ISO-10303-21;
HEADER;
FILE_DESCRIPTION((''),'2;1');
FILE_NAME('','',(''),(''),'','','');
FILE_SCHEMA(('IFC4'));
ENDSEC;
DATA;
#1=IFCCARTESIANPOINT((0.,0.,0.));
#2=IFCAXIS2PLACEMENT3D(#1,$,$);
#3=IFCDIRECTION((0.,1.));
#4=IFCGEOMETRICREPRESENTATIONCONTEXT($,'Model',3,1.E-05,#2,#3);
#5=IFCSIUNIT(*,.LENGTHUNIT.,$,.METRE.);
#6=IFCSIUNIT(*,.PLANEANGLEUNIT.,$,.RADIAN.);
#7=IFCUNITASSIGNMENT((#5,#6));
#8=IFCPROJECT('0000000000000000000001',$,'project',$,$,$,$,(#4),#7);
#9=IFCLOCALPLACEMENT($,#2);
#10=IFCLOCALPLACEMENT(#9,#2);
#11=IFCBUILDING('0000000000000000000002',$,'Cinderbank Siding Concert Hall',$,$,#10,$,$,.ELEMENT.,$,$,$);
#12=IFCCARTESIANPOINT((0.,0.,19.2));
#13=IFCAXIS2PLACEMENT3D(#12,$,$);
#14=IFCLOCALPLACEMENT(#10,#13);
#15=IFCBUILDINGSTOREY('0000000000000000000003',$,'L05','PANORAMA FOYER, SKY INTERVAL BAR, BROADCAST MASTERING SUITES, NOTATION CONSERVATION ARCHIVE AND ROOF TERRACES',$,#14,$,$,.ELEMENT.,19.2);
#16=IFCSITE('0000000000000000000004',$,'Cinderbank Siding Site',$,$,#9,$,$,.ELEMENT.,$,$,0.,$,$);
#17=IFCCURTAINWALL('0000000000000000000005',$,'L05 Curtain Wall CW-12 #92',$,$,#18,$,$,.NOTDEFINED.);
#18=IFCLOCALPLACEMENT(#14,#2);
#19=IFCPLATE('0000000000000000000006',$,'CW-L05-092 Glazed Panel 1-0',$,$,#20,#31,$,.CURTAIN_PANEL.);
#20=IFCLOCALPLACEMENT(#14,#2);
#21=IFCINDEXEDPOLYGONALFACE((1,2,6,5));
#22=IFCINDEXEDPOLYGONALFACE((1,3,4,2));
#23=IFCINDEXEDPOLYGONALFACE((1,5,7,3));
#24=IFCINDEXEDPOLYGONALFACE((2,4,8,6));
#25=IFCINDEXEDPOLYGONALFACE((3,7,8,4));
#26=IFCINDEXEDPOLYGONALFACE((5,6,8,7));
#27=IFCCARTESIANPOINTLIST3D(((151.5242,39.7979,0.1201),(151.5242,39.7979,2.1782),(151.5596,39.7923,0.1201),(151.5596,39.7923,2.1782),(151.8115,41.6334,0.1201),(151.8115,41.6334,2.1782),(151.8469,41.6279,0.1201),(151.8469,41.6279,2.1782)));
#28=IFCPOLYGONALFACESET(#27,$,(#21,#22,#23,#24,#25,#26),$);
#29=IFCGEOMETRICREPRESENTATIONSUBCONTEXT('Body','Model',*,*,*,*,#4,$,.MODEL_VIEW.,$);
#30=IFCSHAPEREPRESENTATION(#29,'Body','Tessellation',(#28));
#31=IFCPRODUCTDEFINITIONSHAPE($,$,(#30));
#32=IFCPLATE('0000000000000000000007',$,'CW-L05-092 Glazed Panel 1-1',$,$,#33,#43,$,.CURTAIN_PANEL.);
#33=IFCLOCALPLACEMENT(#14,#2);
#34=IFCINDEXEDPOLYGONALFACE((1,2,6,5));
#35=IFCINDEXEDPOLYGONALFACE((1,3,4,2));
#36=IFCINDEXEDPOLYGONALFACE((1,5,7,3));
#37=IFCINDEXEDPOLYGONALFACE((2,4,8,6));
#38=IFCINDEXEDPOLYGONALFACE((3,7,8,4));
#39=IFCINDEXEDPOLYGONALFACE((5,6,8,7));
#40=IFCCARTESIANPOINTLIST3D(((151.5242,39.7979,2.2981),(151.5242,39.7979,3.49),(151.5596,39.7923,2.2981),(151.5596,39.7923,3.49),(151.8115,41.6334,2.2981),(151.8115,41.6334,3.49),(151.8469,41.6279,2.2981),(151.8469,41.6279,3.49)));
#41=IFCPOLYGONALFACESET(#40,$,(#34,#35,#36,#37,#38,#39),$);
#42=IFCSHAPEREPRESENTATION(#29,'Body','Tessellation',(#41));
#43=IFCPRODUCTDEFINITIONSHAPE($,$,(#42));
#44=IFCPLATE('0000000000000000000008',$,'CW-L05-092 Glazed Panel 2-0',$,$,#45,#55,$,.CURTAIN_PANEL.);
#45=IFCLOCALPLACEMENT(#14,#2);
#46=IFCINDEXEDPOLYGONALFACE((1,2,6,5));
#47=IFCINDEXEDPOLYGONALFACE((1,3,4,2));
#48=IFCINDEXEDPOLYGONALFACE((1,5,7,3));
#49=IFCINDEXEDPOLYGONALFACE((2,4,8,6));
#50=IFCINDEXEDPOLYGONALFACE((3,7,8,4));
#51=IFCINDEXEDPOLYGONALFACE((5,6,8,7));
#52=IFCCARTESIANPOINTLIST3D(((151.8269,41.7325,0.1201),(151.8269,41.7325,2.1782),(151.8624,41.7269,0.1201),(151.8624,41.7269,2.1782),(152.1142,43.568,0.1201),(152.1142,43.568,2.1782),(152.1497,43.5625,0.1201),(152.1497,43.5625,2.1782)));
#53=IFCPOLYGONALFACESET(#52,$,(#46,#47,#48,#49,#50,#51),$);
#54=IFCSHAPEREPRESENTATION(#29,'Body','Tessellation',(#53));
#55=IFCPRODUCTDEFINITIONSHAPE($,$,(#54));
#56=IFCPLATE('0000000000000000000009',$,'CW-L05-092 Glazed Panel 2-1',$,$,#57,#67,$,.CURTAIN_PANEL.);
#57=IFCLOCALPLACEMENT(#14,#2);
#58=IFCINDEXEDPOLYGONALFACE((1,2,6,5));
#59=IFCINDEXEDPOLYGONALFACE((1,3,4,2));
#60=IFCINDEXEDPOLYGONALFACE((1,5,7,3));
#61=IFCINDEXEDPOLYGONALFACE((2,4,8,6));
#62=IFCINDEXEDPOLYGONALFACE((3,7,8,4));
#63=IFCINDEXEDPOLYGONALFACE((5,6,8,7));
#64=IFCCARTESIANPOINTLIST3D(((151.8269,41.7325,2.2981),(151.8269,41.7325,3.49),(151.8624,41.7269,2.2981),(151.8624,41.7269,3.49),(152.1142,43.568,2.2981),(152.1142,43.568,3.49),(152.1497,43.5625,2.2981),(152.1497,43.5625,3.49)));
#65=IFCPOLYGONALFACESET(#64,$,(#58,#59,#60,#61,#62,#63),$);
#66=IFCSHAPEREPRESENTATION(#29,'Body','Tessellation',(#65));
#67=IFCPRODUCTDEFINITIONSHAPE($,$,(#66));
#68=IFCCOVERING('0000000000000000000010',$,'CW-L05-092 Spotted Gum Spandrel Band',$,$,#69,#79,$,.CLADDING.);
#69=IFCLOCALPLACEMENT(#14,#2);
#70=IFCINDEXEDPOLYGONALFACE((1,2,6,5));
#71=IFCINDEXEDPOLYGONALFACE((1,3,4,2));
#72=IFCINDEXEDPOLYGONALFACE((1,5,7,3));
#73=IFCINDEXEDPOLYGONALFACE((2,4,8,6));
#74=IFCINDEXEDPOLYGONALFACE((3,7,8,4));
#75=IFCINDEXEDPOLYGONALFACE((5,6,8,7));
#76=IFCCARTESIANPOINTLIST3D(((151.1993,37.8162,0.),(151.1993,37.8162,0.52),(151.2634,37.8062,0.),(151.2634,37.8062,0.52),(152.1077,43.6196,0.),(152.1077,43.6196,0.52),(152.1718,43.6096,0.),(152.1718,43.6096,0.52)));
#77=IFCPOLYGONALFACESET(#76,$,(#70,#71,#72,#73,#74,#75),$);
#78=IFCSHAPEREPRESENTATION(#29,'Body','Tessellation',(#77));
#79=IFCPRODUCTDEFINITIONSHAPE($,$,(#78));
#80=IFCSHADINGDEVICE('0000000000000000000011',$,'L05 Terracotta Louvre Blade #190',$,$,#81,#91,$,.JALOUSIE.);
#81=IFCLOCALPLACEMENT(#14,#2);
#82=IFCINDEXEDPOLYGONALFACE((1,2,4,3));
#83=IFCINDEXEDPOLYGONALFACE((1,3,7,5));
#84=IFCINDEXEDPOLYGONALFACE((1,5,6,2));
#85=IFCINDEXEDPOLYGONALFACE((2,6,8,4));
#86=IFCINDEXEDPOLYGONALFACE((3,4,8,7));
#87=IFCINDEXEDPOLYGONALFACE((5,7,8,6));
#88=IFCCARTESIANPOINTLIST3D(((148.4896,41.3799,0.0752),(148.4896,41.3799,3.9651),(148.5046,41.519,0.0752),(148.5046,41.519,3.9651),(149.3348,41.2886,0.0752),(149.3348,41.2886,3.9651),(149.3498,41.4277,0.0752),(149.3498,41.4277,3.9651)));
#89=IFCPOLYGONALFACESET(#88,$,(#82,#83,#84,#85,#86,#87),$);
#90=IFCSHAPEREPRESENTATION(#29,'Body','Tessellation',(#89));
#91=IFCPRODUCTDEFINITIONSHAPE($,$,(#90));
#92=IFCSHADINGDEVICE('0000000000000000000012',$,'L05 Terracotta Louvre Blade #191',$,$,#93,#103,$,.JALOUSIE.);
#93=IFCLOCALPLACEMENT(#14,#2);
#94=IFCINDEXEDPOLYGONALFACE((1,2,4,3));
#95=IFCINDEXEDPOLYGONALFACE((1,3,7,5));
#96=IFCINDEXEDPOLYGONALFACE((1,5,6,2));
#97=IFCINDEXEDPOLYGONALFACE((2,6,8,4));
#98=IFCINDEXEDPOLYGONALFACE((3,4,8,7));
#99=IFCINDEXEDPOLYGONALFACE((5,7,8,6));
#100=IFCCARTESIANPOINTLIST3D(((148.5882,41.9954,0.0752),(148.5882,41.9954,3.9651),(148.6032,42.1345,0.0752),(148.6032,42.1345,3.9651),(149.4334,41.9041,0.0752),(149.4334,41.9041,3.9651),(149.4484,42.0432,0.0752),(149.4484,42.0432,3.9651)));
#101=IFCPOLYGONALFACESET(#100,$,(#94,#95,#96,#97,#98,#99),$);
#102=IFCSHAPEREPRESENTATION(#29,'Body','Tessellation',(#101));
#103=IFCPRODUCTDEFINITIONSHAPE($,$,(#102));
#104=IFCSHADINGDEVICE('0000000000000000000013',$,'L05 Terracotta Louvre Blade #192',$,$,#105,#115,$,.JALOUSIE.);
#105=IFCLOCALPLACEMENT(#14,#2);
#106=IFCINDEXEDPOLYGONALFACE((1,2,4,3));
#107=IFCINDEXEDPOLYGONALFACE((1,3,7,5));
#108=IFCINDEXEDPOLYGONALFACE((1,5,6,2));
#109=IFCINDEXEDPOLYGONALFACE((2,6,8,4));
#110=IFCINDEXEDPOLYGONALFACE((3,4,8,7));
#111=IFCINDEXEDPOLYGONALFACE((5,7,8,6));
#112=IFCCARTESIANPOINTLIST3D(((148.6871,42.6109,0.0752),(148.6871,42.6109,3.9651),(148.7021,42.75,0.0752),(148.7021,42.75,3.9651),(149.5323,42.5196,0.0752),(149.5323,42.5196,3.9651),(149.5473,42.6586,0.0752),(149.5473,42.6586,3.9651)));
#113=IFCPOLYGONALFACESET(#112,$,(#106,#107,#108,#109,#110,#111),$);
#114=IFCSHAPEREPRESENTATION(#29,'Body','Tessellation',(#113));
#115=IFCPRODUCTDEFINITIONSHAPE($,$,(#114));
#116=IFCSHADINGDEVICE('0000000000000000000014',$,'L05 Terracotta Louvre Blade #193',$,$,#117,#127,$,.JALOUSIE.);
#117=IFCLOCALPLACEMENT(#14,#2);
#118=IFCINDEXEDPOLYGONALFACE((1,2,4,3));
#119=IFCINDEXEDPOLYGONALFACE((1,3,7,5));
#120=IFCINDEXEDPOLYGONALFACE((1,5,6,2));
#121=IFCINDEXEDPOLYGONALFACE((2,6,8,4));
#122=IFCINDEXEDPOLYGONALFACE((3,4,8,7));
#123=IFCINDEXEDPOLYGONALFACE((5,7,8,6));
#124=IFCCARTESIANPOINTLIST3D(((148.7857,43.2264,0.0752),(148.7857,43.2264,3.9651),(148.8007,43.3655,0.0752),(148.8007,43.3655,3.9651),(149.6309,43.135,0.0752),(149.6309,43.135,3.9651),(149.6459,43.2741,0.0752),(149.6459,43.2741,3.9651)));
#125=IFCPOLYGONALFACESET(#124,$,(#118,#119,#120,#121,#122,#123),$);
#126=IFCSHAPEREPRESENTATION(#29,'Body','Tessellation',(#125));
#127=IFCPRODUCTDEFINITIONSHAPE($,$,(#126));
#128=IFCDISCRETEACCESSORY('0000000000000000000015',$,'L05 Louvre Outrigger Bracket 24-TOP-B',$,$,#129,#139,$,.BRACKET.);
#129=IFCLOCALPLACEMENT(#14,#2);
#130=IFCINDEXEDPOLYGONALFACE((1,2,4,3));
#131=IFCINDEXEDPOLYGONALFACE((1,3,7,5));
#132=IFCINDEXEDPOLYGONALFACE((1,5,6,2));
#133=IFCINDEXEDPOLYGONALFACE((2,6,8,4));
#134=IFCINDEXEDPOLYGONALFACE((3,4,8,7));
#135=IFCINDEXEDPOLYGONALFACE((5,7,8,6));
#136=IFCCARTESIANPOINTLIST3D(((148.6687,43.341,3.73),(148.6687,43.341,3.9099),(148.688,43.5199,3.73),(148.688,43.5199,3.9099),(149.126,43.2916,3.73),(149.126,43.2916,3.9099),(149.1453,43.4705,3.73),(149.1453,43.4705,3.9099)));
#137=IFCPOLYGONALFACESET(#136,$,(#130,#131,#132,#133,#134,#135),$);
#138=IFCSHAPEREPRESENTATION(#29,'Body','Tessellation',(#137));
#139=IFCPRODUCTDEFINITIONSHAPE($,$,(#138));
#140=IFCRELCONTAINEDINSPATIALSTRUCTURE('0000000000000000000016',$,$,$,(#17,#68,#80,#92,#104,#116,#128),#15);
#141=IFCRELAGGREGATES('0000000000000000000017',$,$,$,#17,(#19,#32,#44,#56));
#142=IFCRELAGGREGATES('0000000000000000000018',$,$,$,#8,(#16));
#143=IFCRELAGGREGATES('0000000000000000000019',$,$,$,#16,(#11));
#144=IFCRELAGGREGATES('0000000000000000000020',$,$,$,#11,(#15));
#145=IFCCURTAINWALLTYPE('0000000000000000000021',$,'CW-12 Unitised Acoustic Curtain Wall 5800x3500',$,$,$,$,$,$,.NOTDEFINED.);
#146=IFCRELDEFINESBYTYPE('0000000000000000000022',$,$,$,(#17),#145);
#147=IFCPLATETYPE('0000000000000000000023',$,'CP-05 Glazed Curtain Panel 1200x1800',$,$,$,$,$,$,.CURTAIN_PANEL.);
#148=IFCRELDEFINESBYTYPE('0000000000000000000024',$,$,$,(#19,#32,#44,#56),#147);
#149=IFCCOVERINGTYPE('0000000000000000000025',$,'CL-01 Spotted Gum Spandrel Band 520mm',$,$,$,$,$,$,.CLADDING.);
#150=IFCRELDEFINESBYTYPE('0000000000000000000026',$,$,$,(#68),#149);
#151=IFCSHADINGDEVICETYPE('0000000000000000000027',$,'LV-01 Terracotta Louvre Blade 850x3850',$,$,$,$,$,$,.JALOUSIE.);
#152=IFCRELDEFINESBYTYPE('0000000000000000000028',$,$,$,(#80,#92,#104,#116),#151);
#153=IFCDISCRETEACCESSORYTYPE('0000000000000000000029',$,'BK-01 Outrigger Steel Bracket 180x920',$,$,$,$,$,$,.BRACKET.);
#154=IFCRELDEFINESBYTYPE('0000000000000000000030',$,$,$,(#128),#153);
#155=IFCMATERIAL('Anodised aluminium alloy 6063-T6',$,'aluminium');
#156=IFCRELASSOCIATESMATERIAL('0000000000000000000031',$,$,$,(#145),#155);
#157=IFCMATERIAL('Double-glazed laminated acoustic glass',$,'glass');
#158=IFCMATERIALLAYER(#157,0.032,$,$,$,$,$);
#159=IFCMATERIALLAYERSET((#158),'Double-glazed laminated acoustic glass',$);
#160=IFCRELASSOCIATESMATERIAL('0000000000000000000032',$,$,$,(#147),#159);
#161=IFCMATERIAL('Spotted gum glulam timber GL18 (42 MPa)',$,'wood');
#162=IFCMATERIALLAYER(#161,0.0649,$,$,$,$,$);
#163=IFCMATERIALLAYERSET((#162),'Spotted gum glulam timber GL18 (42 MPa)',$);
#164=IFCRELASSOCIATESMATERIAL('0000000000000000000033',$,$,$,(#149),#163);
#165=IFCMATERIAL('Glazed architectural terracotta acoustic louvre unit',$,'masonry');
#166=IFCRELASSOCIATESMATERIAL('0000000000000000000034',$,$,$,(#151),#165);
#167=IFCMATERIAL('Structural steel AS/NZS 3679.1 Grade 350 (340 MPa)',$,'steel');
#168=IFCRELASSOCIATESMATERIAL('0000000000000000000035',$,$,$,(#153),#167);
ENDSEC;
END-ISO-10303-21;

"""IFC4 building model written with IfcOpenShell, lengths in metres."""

from ifc_helpers import new_model, si_unit, direction, frame, origin, origin_2d, place, context, subcontext, project, spatial, rectangle, extrude, material, layer, layer_set, type_object, element, aggregate, save


model = new_model("IFC4")

# Units and contexts
model_context = context("Model", 3, precision=1e-05, world=origin(), true_north=direction((0.0, 1.0)))
body_context = subcontext(model_context, "Body", "Model", "MODEL_VIEW")
ifc_project = project(units=[si_unit("LENGTHUNIT", "METRE"), si_unit("PLANEANGLEUNIT", "RADIAN")], contexts=[model_context])

# Site, building, storey
site_placement = place(None, origin())
site = spatial("IfcSite", under=ifc_project, at=site_placement, Name="Cinderbank Siding Site", CompositionType="ELEMENT", RefElevation=0.0)
building_placement = place(site_placement, origin())
building = spatial("IfcBuilding", under=site, at=building_placement, Name="Cinderbank Siding Concert Hall", CompositionType="ELEMENT")
storey_placement = place(building_placement, frame((0.0, 0.0, 19.2)))
storey = spatial("IfcBuildingStorey", under=building, at=storey_placement, Name="L05", Description="PANORAMA FOYER, SKY INTERVAL BAR, BROADCAST MASTERING SUITES, NOTATION CONSERVATION ARCHIVE AND ROOF TERRACES", CompositionType="ELEMENT", Elevation=19.2)

# Shared definitions
ifc_material_1 = material(Name="Structural steel AS/NZS 3679.1 Grade 350 (340 MPa)", Category="steel")

# Curtain wall, plates
ifc_material_2 = material(Name="Anodised aluminium alloy 6063-T6", Category="aluminium")
curtain_wall_type = type_object("IfcCurtainWallType", Name="CW-12 Unitised Acoustic Curtain Wall 5800x3500", PredefinedType="NOTDEFINED", material=ifc_material_2)
curtain_wall_placement = place(storey_placement, origin())
curtain_wall = element("IfcCurtainWall", 1, at=curtain_wall_placement, inside=storey, type_object=curtain_wall_type, Name="L05 Curtain Wall CW-12 #92", PredefinedType="NOTDEFINED")
ifc_material_3 = material(Name="Double-glazed laminated acoustic glass", Category="glass")
ifc_layer_1 = layer(ifc_material_3, 0.032)
ifc_layer_set_1 = layer_set([ifc_layer_1], Name="Double-glazed laminated acoustic glass")
plate_type = type_object("IfcPlateType", Name="CP-05 Glazed Curtain Panel 1200x1800", PredefinedType="CURTAIN_PANEL", material=ifc_layer_set_1)
plate_1_placement = place(storey_placement, frame((151.6855, 40.7129, 0.1201), z_axis=(0.0, 0.0, 1.0), x_axis=(0.154643, 0.98797, 0.0)))
plate_1 = element("IfcPlate", 2, at=plate_1_placement, type_object=plate_type, Name="CW-L05-092 Glazed Panel 1-0", PredefinedType="CURTAIN_PANEL", context=body_context, shape_type="SweptSolid", body=[
    extrude(rectangle(XDim=1.8579, YDim=0.0359, at=origin_2d()), origin(), (0.0, 0.0, 1.0), 2.0581),
])
plate_2_placement = place(storey_placement, frame((151.6855, 40.7129, 2.2981), z_axis=(0.0, 0.0, 1.0), x_axis=(0.154643, 0.98797, 0.0)))
plate_2 = element("IfcPlate", 3, at=plate_2_placement, type_object=plate_type, Name="CW-L05-092 Glazed Panel 1-1", PredefinedType="CURTAIN_PANEL", context=body_context, shape_type="SweptSolid", body=[
    extrude(rectangle(XDim=1.8579, YDim=0.0359, at=origin_2d()), origin(), (0.0, 0.0, 1.0), 1.1919),
])
plate_3_placement = place(storey_placement, frame((151.9883, 42.6475, 0.1201), z_axis=(0.0, 0.0, 1.0), x_axis=(0.154643, 0.98797, 0.0)))
plate_3 = element("IfcPlate", 4, at=plate_3_placement, type_object=plate_type, Name="CW-L05-092 Glazed Panel 2-0", PredefinedType="CURTAIN_PANEL", context=body_context, shape_type="SweptSolid", body=[
    extrude(rectangle(XDim=1.8579, YDim=0.0359, at=origin_2d()), origin(), (0.0, 0.0, 1.0), 2.0581),
])
plate_4_placement = place(storey_placement, frame((151.9883, 42.6475, 2.2981), z_axis=(0.0, 0.0, 1.0), x_axis=(0.154643, 0.98797, 0.0)))
plate_4 = element("IfcPlate", 5, at=plate_4_placement, type_object=plate_type, Name="CW-L05-092 Glazed Panel 2-1", PredefinedType="CURTAIN_PANEL", context=body_context, shape_type="SweptSolid", body=[
    extrude(rectangle(XDim=1.8579, YDim=0.0359, at=origin_2d()), origin(), (0.0, 0.0, 1.0), 1.1919),
])
aggregate(curtain_wall, [plate_1, plate_2, plate_3, plate_4])

# Covering
ifc_material_4 = material(Name="Spotted gum glulam timber GL18 (42 MPa)", Category="wood")
ifc_layer_2 = layer(ifc_material_4, 0.0649)
ifc_layer_set_2 = layer_set([ifc_layer_2], Name="Spotted gum glulam timber GL18 (42 MPa)")
covering_type = type_object("IfcCoveringType", Name="CL-01 Spotted Gum Spandrel Band 520mm", PredefinedType="CLADDING", material=ifc_layer_set_2)
covering_placement = place(storey_placement, frame((151.6855, 40.7129, 0.0), z_axis=(0.0, 0.0, 1.0), x_axis=(0.154643, 0.98797, 0.0)))
element("IfcCovering", 6, at=covering_placement, inside=storey, type_object=covering_type, Name="CW-L05-092 Spotted Gum Spandrel Band", PredefinedType="CLADDING", context=body_context, shape_type="SweptSolid", body=[
    extrude(rectangle(XDim=5.874, YDim=0.0649, at=origin_2d()), origin(), (0.0, 0.0, 1.0), 0.52),
])

# Shading devices
ifc_material_5 = material(Name="Glazed architectural terracotta acoustic louvre unit", Category="masonry")
shading_device_type = type_object("IfcShadingDeviceType", Name="LV-01 Terracotta Louvre Blade 850x3850", PredefinedType="JALOUSIE", material=ifc_material_5)
for number, where, z_axis, x_axis, name in (
    (7, (148.9197, 41.4038, 0.0752), (0.0, 0.0, 1.0), (0.994211, -0.107447, 0.0), "L05 Terracotta Louvre Blade #190"),
    (8, (149.0183, 42.0193, 0.0752), (0.0, 0.0, 1.0), (0.994211, -0.107447, 0.0), "L05 Terracotta Louvre Blade #191"),
    (9, (149.1172, 42.6348, 0.0752), (0.0, 0.0, 1.0), (0.994211, -0.107447, 0.0), "L05 Terracotta Louvre Blade #192"),
    (10, (149.2158, 43.2502, 0.0752), (0.0, 0.0, 1.0), (0.994211, -0.107447, 0.0), "L05 Terracotta Louvre Blade #193"),
):
    element("IfcShadingDevice", number, at=place(storey_placement, frame(where, z_axis=z_axis, x_axis=x_axis)), inside=storey, type_object=shading_device_type, Name=name, PredefinedType="JALOUSIE", context=body_context, shape_type="SweptSolid", body=[
        extrude(rectangle(XDim=0.8501, YDim=0.1399, at=origin_2d()), origin(), (0.0, 0.0, 1.0), 3.8899),
    ])

# Discrete accessory
discrete_accessory_type = type_object("IfcDiscreteAccessoryType", Name="BK-01 Outrigger Steel Bracket 180x920", PredefinedType="BRACKET", material=ifc_material_1)
discrete_accessory_placement = place(storey_placement, frame((148.907, 43.4058, 3.73), z_axis=(0.0, 0.0, 1.0), x_axis=(0.994211, -0.107447, 0.0)))
element("IfcDiscreteAccessory", 11, at=discrete_accessory_placement, inside=storey, type_object=discrete_accessory_type, Name="L05 Louvre Outrigger Bracket 24-TOP-B", PredefinedType="BRACKET", context=body_context, shape_type="SweptSolid", body=[
    extrude(rectangle(XDim=0.46, YDim=0.1799, at=origin_2d()), origin(), (0.0, 0.0, 1.0), 0.1799),
])

save(model, "model.ifc")
